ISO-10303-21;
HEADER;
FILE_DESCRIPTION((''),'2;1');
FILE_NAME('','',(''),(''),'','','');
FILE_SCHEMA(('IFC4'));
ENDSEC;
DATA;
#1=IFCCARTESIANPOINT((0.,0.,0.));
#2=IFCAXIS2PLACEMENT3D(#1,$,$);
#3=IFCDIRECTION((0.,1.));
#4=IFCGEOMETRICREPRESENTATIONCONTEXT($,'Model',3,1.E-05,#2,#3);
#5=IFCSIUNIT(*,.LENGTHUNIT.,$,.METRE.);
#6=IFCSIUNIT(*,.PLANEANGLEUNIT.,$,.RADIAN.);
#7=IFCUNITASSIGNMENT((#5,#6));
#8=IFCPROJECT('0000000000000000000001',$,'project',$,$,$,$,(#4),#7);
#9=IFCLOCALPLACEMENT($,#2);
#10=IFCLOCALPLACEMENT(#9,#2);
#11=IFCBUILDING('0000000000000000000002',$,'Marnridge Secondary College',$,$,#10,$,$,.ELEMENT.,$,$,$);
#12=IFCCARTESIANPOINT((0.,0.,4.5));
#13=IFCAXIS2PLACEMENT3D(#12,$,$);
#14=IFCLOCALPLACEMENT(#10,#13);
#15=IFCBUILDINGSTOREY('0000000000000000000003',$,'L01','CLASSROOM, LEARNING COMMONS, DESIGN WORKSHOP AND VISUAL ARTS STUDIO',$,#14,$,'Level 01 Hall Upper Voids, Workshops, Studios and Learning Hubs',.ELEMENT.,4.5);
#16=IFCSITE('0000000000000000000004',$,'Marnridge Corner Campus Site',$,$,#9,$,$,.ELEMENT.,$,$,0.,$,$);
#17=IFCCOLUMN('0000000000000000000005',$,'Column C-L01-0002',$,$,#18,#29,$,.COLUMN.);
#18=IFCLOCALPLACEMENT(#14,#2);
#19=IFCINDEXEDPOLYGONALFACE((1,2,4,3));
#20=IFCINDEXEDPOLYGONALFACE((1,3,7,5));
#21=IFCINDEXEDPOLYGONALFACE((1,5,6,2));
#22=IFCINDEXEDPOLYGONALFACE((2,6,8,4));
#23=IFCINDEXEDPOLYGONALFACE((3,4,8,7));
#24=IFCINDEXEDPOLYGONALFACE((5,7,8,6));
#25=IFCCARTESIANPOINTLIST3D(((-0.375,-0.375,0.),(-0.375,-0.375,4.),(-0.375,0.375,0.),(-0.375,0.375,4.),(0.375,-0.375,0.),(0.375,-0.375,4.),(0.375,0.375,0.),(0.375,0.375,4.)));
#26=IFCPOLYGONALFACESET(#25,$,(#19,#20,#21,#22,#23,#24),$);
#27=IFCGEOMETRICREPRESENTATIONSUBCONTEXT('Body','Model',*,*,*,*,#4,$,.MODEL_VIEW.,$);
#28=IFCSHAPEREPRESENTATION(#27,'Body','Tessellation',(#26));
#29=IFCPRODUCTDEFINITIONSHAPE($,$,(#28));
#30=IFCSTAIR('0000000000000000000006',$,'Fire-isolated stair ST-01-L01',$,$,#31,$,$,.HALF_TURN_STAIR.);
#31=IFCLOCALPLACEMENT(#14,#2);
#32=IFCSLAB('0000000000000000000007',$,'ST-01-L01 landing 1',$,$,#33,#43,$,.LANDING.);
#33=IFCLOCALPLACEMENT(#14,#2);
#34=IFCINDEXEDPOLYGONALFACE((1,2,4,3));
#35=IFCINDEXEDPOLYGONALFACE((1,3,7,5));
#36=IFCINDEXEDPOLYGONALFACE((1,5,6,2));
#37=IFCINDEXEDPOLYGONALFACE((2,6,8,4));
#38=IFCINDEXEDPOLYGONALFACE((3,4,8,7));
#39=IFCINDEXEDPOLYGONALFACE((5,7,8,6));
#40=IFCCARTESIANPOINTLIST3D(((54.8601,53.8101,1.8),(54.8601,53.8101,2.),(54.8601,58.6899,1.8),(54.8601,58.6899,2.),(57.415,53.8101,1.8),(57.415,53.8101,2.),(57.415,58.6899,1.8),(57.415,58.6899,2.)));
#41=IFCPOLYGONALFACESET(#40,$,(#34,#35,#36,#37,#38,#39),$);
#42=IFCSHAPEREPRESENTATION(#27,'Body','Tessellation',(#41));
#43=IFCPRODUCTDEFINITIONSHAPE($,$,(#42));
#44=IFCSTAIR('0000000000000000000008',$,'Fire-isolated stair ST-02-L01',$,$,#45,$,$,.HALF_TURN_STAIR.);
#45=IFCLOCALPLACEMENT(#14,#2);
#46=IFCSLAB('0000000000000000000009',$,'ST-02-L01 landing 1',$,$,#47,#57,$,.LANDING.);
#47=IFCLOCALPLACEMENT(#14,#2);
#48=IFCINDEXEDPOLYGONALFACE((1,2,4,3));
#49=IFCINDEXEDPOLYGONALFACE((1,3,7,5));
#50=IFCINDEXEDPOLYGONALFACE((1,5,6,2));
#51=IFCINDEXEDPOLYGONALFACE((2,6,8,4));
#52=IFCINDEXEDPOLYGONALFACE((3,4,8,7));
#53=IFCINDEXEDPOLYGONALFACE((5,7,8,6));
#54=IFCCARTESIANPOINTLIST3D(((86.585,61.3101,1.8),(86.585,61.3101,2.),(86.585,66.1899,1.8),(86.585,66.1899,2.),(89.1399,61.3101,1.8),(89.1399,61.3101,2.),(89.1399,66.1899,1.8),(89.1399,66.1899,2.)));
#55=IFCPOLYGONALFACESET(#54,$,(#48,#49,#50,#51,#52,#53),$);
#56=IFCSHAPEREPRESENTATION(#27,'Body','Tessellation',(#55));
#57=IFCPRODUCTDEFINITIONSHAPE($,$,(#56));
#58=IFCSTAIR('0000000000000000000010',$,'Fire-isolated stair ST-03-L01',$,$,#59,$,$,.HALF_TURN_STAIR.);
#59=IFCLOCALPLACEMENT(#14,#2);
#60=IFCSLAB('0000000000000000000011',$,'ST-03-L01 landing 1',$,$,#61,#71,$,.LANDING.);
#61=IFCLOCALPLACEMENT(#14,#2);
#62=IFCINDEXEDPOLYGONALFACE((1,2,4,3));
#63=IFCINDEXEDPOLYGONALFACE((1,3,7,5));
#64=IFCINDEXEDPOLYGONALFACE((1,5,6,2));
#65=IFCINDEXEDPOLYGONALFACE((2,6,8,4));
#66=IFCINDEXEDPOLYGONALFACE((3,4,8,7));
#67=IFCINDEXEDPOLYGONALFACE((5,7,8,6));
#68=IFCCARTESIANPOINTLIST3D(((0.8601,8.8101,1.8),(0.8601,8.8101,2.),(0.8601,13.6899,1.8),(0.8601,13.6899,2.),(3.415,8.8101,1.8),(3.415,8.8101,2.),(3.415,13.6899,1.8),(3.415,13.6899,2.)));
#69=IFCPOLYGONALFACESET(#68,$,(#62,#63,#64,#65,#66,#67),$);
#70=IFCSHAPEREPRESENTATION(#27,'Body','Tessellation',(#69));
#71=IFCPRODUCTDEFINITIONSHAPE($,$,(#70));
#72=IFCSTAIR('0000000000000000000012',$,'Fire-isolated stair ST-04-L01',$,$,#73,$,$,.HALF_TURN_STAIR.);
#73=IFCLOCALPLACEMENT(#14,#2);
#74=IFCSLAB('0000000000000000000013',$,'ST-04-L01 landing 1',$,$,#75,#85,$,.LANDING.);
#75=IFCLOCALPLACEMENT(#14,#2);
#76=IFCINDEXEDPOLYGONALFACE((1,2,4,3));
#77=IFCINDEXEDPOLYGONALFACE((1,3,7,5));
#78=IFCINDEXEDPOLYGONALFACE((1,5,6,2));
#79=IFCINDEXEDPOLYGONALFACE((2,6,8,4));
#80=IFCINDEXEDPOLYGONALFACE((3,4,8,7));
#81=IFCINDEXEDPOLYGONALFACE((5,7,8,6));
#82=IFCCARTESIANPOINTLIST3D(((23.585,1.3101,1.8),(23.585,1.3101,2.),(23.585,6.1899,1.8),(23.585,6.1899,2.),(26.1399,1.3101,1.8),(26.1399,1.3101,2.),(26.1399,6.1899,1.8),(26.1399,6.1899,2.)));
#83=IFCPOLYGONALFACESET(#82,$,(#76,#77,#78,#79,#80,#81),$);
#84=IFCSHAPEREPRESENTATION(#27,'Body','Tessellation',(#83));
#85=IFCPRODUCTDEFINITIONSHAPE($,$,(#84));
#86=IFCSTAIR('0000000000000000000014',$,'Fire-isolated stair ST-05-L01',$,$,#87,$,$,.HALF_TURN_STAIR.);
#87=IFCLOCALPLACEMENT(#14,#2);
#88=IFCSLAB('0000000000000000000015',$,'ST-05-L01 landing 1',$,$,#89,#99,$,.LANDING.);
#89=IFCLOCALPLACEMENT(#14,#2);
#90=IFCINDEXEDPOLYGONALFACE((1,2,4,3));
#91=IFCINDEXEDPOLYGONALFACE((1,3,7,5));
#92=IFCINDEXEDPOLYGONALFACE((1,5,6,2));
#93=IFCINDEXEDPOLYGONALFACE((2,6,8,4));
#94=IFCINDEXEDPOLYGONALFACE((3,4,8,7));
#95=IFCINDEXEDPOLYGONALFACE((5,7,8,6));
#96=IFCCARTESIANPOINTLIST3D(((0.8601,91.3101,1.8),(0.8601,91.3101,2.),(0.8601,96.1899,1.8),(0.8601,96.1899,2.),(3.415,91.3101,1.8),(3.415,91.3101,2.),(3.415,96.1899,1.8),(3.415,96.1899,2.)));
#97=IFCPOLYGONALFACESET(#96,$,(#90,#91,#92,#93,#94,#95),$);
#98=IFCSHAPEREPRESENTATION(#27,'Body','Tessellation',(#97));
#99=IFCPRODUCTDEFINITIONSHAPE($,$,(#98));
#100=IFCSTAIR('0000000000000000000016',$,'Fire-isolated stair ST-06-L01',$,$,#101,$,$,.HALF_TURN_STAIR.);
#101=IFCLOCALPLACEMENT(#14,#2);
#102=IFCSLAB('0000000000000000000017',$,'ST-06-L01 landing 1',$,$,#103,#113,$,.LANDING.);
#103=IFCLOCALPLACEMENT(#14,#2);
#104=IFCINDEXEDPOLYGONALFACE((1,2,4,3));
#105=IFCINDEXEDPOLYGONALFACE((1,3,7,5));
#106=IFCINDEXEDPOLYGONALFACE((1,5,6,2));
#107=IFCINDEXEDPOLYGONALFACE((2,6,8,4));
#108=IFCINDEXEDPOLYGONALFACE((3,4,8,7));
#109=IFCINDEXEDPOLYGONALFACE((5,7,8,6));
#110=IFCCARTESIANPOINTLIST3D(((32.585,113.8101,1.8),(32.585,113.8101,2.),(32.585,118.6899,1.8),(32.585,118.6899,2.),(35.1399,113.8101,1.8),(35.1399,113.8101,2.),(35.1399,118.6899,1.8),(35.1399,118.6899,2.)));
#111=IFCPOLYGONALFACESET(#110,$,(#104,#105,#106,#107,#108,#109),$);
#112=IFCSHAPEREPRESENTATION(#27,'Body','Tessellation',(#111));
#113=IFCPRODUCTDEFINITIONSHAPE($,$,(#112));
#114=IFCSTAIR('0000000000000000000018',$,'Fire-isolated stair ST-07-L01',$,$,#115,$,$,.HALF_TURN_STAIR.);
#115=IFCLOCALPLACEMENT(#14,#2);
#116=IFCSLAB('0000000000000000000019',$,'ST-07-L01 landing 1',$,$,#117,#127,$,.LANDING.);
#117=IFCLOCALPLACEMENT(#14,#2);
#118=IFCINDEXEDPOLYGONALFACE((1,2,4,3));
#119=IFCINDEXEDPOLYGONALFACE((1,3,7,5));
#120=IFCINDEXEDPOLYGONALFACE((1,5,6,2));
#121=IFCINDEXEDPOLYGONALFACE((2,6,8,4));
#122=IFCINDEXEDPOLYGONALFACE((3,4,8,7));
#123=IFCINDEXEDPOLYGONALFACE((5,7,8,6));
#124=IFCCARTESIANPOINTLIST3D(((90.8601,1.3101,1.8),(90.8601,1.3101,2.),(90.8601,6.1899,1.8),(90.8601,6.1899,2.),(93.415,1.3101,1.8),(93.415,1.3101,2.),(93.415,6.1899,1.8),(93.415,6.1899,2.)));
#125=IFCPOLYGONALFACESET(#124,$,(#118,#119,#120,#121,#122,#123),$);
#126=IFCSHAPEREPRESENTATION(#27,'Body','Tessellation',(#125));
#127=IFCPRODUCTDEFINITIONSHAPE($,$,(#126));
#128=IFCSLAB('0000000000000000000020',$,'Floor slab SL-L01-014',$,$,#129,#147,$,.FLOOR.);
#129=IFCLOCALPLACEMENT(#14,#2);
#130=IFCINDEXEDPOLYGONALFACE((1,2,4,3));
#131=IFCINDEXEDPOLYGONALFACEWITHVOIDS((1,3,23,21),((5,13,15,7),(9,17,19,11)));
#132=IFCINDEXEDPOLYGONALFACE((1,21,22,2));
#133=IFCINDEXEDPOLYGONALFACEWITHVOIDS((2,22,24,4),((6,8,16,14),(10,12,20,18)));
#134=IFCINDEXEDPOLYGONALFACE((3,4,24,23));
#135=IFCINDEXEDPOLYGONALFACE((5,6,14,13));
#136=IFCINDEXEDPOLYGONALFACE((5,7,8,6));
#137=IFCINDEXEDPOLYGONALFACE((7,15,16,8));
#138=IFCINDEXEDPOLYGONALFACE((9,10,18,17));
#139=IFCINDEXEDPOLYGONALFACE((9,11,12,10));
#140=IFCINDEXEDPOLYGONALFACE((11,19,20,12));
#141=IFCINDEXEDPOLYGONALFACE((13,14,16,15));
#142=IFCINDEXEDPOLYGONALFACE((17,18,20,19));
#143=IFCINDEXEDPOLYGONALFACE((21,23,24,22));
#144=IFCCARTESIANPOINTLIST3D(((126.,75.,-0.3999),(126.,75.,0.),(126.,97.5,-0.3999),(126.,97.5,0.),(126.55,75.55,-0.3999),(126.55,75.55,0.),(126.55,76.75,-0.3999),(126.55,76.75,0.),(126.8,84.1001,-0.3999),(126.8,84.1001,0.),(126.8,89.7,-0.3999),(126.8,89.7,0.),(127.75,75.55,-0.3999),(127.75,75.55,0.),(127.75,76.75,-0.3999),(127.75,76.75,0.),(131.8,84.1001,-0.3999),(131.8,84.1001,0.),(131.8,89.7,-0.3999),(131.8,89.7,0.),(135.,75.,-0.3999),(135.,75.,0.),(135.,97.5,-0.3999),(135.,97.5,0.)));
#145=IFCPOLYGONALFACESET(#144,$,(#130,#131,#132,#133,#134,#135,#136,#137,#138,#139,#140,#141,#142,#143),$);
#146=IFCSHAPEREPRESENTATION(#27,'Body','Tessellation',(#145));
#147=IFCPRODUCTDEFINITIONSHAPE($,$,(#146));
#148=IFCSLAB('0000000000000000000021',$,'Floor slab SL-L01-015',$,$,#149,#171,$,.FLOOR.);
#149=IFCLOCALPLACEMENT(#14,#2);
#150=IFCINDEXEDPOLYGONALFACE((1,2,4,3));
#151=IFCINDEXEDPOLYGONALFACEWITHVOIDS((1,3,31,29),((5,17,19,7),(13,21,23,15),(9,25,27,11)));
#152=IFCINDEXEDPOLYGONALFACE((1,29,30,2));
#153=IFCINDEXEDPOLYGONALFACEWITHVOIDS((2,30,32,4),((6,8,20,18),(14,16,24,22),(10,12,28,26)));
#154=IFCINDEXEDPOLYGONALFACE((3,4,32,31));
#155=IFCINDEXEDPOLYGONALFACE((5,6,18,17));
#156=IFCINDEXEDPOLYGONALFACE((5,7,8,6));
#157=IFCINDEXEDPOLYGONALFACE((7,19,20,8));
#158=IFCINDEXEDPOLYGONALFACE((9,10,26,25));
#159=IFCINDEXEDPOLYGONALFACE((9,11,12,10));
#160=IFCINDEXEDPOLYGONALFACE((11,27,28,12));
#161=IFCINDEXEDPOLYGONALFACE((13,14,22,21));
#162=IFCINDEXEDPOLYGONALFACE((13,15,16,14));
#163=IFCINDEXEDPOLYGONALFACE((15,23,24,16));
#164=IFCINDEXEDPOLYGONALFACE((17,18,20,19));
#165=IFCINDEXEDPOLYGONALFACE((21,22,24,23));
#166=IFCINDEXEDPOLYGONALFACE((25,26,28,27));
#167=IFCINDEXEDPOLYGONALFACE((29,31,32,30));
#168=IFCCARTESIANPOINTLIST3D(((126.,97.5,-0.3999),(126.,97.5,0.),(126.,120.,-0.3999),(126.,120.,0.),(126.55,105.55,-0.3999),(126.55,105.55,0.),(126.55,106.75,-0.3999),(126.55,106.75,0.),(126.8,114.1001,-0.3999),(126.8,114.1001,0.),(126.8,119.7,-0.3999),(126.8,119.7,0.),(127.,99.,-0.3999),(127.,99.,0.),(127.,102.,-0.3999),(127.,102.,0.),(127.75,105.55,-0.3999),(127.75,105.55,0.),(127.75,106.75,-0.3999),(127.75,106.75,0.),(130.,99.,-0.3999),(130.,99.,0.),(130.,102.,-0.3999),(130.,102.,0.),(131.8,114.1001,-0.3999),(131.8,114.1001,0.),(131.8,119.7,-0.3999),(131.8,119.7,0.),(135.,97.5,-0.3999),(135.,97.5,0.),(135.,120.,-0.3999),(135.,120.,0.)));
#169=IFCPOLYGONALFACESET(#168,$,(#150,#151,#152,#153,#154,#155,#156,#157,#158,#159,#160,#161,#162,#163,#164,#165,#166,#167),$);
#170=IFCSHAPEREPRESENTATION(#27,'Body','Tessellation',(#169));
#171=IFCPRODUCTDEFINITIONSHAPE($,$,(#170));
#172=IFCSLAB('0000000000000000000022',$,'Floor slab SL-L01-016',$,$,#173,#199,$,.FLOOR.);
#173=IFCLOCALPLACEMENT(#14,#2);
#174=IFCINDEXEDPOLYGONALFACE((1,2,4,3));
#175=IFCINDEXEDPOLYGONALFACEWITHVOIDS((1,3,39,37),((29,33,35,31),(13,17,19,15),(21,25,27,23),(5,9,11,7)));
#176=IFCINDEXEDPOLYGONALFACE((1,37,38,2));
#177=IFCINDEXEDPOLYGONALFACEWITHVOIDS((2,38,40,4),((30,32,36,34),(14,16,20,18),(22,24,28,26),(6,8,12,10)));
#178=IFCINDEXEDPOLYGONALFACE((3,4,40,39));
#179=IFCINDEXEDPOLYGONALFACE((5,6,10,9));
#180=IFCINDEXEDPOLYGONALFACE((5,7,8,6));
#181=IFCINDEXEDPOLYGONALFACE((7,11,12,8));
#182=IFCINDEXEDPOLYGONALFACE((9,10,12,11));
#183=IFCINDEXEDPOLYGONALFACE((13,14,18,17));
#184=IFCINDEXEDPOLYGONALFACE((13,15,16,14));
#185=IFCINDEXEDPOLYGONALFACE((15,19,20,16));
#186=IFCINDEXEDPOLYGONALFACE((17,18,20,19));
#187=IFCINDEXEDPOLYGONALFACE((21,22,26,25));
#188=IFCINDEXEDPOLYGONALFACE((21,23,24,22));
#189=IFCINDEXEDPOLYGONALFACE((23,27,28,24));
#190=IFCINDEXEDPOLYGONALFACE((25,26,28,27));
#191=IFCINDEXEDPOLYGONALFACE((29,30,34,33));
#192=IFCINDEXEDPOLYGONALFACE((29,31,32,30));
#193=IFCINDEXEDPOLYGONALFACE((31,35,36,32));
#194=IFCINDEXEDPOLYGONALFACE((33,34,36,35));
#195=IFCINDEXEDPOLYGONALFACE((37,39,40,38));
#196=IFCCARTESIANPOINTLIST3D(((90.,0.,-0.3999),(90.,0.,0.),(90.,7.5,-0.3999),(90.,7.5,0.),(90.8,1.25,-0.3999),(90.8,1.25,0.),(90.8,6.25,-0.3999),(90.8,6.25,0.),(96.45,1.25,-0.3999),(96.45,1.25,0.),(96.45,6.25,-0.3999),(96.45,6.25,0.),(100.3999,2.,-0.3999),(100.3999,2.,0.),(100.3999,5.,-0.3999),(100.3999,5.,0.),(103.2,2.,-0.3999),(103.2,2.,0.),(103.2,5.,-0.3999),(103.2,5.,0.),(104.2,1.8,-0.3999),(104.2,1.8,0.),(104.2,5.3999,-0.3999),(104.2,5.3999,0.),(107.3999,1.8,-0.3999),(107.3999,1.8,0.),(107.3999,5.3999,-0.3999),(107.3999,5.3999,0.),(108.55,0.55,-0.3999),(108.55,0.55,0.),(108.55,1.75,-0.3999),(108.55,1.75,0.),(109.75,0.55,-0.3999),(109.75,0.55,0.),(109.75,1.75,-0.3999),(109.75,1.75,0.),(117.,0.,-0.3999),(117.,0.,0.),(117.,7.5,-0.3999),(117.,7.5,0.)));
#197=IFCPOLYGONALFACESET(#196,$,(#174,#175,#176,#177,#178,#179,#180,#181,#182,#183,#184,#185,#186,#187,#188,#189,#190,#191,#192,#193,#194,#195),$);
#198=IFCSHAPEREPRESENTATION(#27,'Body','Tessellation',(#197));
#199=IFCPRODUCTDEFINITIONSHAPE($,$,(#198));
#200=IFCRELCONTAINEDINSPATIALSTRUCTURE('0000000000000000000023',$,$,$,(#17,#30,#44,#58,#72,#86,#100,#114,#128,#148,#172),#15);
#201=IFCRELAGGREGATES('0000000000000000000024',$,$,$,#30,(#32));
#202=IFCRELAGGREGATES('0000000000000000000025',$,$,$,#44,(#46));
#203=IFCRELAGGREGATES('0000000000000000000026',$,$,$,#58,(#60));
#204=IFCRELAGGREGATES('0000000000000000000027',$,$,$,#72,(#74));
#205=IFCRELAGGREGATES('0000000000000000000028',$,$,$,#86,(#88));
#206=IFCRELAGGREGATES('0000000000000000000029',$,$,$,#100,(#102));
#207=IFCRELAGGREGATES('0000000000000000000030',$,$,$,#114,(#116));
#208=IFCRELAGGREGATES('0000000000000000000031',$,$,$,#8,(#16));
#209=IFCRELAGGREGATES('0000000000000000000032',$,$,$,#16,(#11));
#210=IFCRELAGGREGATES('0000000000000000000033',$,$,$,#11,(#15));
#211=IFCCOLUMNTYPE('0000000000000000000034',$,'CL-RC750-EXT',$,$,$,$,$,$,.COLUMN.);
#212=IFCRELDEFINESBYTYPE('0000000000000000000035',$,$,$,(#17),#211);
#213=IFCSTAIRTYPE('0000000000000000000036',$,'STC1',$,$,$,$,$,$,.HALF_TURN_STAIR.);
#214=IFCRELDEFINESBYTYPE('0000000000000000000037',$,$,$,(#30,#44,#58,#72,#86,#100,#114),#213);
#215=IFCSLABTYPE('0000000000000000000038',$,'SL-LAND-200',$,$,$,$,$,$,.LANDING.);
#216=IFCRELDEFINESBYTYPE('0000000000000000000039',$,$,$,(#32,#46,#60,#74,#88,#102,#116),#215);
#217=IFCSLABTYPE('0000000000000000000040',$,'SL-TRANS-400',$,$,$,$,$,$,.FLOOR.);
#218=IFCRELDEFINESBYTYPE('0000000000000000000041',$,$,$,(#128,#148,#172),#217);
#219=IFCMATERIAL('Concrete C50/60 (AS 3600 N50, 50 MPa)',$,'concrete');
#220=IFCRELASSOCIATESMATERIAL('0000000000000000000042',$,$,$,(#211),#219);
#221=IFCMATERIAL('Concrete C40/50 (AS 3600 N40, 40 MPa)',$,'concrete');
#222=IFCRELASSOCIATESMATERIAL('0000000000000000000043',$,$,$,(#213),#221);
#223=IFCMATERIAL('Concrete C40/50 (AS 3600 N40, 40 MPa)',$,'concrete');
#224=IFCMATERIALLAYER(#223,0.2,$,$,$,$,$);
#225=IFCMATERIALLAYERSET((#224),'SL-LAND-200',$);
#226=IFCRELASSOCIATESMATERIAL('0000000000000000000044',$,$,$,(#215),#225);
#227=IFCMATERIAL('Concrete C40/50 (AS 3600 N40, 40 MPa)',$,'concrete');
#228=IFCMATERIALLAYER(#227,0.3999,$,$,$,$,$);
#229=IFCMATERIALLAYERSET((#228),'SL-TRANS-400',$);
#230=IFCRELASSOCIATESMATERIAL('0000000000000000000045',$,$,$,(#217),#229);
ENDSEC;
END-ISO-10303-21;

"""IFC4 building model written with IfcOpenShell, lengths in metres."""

from ifc_helpers import new_model, si_unit, direction, frame, origin, origin_with_axes, origin_2d, place, context, subcontext, project, spatial, polyline, rectangle, outline, extrude, material, layer, layer_set, material_profile, profile_set, type_object, element, aggregate, save


model = new_model("IFC4")

# Units and contexts
model_context = context("Model", 3, precision=1e-05, world=origin(), true_north=direction((0.0, 1.0)))
body_context = subcontext(model_context, "Body", "Model", "MODEL_VIEW")
ifc_project = project(units=[si_unit("LENGTHUNIT", "METRE"), si_unit("PLANEANGLEUNIT", "RADIAN")], contexts=[model_context])

# Site, building, storey
site_placement = place(None, origin())
site = spatial("IfcSite", under=ifc_project, at=site_placement, Name="Marnridge Corner Campus Site", CompositionType="ELEMENT", RefElevation=0.0)
building_placement = place(site_placement, origin())
building = spatial("IfcBuilding", under=site, at=building_placement, Name="Marnridge Secondary College", CompositionType="ELEMENT")
storey_placement = place(building_placement, frame((0.0, 0.0, 4.5)))
storey = spatial("IfcBuildingStorey", under=building, at=storey_placement, Name="L01", Description="CLASSROOM, LEARNING COMMONS, DESIGN WORKSHOP AND VISUAL ARTS STUDIO", LongName="Level 01 Hall Upper Voids, Workshops, Studios and Learning Hubs", CompositionType="ELEMENT", Elevation=4.5)

# Column
ifc_material_1 = material(Name="Concrete C50/60 (AS 3600 N50, 50 MPa)", Category="concrete")
ifc_material_profile = material_profile(ifc_material_1, rectangle(XDim=0.75, YDim=0.75, at=origin_2d()), Name="RC 750x750")
ifc_profile_set = profile_set([ifc_material_profile], Name="Concrete C50/60 (AS 3600 N50, 50 MPa)")
column_type = type_object("IfcColumnType", Name="CL-RC750-EXT", PredefinedType="COLUMN", material=ifc_profile_set)
column_placement = place(storey_placement, origin_with_axes())
element("IfcColumn", 1, at=column_placement, inside=storey, type_object=column_type, Name="Column C-L01-0002", PredefinedType="COLUMN", context=body_context, shape_type="SweptSolid", body=[
    extrude(rectangle(XDim=0.75, YDim=0.75, at=origin_2d()), origin(), (0.0, 0.0, 1.0), 4.0),
])

# Stairs, slabs
ifc_material_2 = material(Name="Concrete C40/50 (AS 3600 N40, 40 MPa)", Category="concrete")
stair_type = type_object("IfcStairType", Name="STC1", PredefinedType="HALF_TURN_STAIR", material=ifc_material_2)
stair_1_placement = place(storey_placement, origin())
stair_1 = element("IfcStair", 2, at=stair_1_placement, inside=storey, type_object=stair_type, Name="Fire-isolated stair ST-01-L01", PredefinedType="HALF_TURN_STAIR")
ifc_material_3 = material(Name="Concrete C40/50 (AS 3600 N40, 40 MPa)", Category="concrete")
ifc_layer_1 = layer(ifc_material_3, 0.2)
ifc_layer_set_1 = layer_set([ifc_layer_1], Name="SL-LAND-200")
slab_type_1 = type_object("IfcSlabType", Name="SL-LAND-200", PredefinedType="LANDING", material=ifc_layer_set_1)
slab_1_placement = place(storey_placement, frame((0.0, 0.0, 1.8)))
slab_1 = element("IfcSlab", 3, at=slab_1_placement, type_object=slab_type_1, Name="ST-01-L01 landing 1", PredefinedType="LANDING", context=body_context, shape_type="SweptSolid", body=[
    extrude(outline(polyline([(54.8601, 53.8101), (57.415, 53.8101), (57.415, 58.6899), (54.8601, 58.6899), (54.8601, 53.8101)])), origin(), (0.0, 0.0, 1.0), 0.2),
])
aggregate(stair_1, [slab_1])
stair_2_placement = place(storey_placement, origin())
stair_2 = element("IfcStair", 4, at=stair_2_placement, inside=storey, type_object=stair_type, Name="Fire-isolated stair ST-02-L01", PredefinedType="HALF_TURN_STAIR")
slab_2_placement = place(storey_placement, frame((0.0, 0.0, 1.8)))
slab_2 = element("IfcSlab", 5, at=slab_2_placement, type_object=slab_type_1, Name="ST-02-L01 landing 1", PredefinedType="LANDING", context=body_context, shape_type="SweptSolid", body=[
    extrude(outline(polyline([(86.585, 61.3101), (89.1399, 61.3101), (89.1399, 66.1899), (86.585, 66.1899), (86.585, 61.3101)])), origin(), (0.0, 0.0, 1.0), 0.2),
])
aggregate(stair_2, [slab_2])
stair_3_placement = place(storey_placement, origin())
stair_3 = element("IfcStair", 6, at=stair_3_placement, inside=storey, type_object=stair_type, Name="Fire-isolated stair ST-03-L01", PredefinedType="HALF_TURN_STAIR")
slab_3_placement = place(storey_placement, frame((0.0, 0.0, 1.8)))
slab_3 = element("IfcSlab", 7, at=slab_3_placement, type_object=slab_type_1, Name="ST-03-L01 landing 1", PredefinedType="LANDING", context=body_context, shape_type="SweptSolid", body=[
    extrude(outline(polyline([(0.8601, 8.8101), (3.415, 8.8101), (3.415, 13.6899), (0.8601, 13.6899), (0.8601, 8.8101)])), origin(), (0.0, 0.0, 1.0), 0.2),
])
aggregate(stair_3, [slab_3])
stair_4_placement = place(storey_placement, origin())
stair_4 = element("IfcStair", 8, at=stair_4_placement, inside=storey, type_object=stair_type, Name="Fire-isolated stair ST-04-L01", PredefinedType="HALF_TURN_STAIR")
slab_4_placement = place(storey_placement, frame((0.0, 0.0, 1.8)))
slab_4 = element("IfcSlab", 9, at=slab_4_placement, type_object=slab_type_1, Name="ST-04-L01 landing 1", PredefinedType="LANDING", context=body_context, shape_type="SweptSolid", body=[
    extrude(outline(polyline([(23.585, 1.3101), (26.1399, 1.3101), (26.1399, 6.1899), (23.585, 6.1899), (23.585, 1.3101)])), origin(), (0.0, 0.0, 1.0), 0.2),
])
aggregate(stair_4, [slab_4])
stair_5_placement = place(storey_placement, origin())
stair_5 = element("IfcStair", 10, at=stair_5_placement, inside=storey, type_object=stair_type, Name="Fire-isolated stair ST-05-L01", PredefinedType="HALF_TURN_STAIR")
slab_5_placement = place(storey_placement, frame((0.0, 0.0, 1.8)))
slab_5 = element("IfcSlab", 11, at=slab_5_placement, type_object=slab_type_1, Name="ST-05-L01 landing 1", PredefinedType="LANDING", context=body_context, shape_type="SweptSolid", body=[
    extrude(outline(polyline([(0.8601, 91.3101), (3.415, 91.3101), (3.415, 96.1899), (0.8601, 96.1899), (0.8601, 91.3101)])), origin(), (0.0, 0.0, 1.0), 0.2),
])
aggregate(stair_5, [slab_5])
stair_6_placement = place(storey_placement, origin())
stair_6 = element("IfcStair", 12, at=stair_6_placement, inside=storey, type_object=stair_type, Name="Fire-isolated stair ST-06-L01", PredefinedType="HALF_TURN_STAIR")
slab_6_placement = place(storey_placement, frame((0.0, 0.0, 1.8)))
slab_6 = element("IfcSlab", 13, at=slab_6_placement, type_object=slab_type_1, Name="ST-06-L01 landing 1", PredefinedType="LANDING", context=body_context, shape_type="SweptSolid", body=[
    extrude(outline(polyline([(32.585, 113.8101), (35.1399, 113.8101), (35.1399, 118.6899), (32.585, 118.6899), (32.585, 113.8101)])), origin(), (0.0, 0.0, 1.0), 0.2),
])
aggregate(stair_6, [slab_6])
stair_7_placement = place(storey_placement, origin())
stair_7 = element("IfcStair", 14, at=stair_7_placement, inside=storey, type_object=stair_type, Name="Fire-isolated stair ST-07-L01", PredefinedType="HALF_TURN_STAIR")
slab_7_placement = place(storey_placement, frame((0.0, 0.0, 1.8)))
slab_7 = element("IfcSlab", 15, at=slab_7_placement, type_object=slab_type_1, Name="ST-07-L01 landing 1", PredefinedType="LANDING", context=body_context, shape_type="SweptSolid", body=[
    extrude(outline(polyline([(90.8601, 1.3101), (93.415, 1.3101), (93.415, 6.1899), (90.8601, 6.1899), (90.8601, 1.3101)])), origin(), (0.0, 0.0, 1.0), 0.2),
])
aggregate(stair_7, [slab_7])

# Slabs
ifc_material_4 = material(Name="Concrete C40/50 (AS 3600 N40, 40 MPa)", Category="concrete")
ifc_layer_2 = layer(ifc_material_4, 0.3999)
ifc_layer_set_2 = layer_set([ifc_layer_2], Name="SL-TRANS-400")
slab_type_2 = type_object("IfcSlabType", Name="SL-TRANS-400", PredefinedType="FLOOR", material=ifc_layer_set_2)
slab_8_placement = place(storey_placement, frame((0.0, 0.0, -0.3999)))
element("IfcSlab", 16, at=slab_8_placement, inside=storey, type_object=slab_type_2, Name="Floor slab SL-L01-014", PredefinedType="FLOOR", context=body_context, shape_type="SweptSolid", body=[
    extrude(outline(polyline([(135.0, 75.0), (126.0, 75.0), (126.0, 97.5), (135.0, 97.5), (135.0, 75.0)]), holes=[polyline([(126.8, 84.1001), (131.8, 84.1001), (131.8, 89.7), (126.8, 89.7), (126.8, 84.1001)]), polyline([(126.55, 75.55), (127.75, 75.55), (127.75, 76.75), (126.55, 76.75), (126.55, 75.55)])]), origin(), (0.0, 0.0, 1.0), 0.3999),
])
slab_9_placement = place(storey_placement, frame((0.0, 0.0, -0.3999)))
element("IfcSlab", 17, at=slab_9_placement, inside=storey, type_object=slab_type_2, Name="Floor slab SL-L01-015", PredefinedType="FLOOR", context=body_context, shape_type="SweptSolid", body=[
    extrude(outline(polyline([(135.0, 97.5), (126.0, 97.5), (126.0, 120.0), (135.0, 120.0), (135.0, 97.5)]), holes=[polyline([(126.8, 114.1001), (131.8, 114.1001), (131.8, 119.7), (126.8, 119.7), (126.8, 114.1001)]), polyline([(127.0, 99.0), (130.0, 99.0), (130.0, 102.0), (127.0, 102.0), (127.0, 99.0)]), polyline([(126.55, 105.55), (127.75, 105.55), (127.75, 106.75), (126.55, 106.75), (126.55, 105.55)])]), origin(), (0.0, 0.0, 1.0), 0.3999),
])
slab_10_placement = place(storey_placement, frame((0.0, 0.0, -0.3999)))
element("IfcSlab", 18, at=slab_10_placement, inside=storey, type_object=slab_type_2, Name="Floor slab SL-L01-016", PredefinedType="FLOOR", context=body_context, shape_type="SweptSolid", body=[
    extrude(outline(polyline([(90.0, 0.0), (90.0, 7.5), (117.0, 7.5), (117.0, 0.0), (90.0, 0.0)]), holes=[polyline([(90.8, 1.25), (96.45, 1.25), (96.45, 6.25), (90.8, 6.25), (90.8, 1.25)]), polyline([(100.3999, 2.0), (103.2, 2.0), (103.2, 5.0), (100.3999, 5.0), (100.3999, 2.0)]), polyline([(104.2, 1.8), (107.3999, 1.8), (107.3999, 5.3999), (104.2, 5.3999), (104.2, 1.8)]), polyline([(108.55, 0.55), (109.75, 0.55), (109.75, 1.75), (108.55, 1.75), (108.55, 0.55)])]), origin(), (0.0, 0.0, 1.0), 0.3999),
])

save(model, "model.ifc")
